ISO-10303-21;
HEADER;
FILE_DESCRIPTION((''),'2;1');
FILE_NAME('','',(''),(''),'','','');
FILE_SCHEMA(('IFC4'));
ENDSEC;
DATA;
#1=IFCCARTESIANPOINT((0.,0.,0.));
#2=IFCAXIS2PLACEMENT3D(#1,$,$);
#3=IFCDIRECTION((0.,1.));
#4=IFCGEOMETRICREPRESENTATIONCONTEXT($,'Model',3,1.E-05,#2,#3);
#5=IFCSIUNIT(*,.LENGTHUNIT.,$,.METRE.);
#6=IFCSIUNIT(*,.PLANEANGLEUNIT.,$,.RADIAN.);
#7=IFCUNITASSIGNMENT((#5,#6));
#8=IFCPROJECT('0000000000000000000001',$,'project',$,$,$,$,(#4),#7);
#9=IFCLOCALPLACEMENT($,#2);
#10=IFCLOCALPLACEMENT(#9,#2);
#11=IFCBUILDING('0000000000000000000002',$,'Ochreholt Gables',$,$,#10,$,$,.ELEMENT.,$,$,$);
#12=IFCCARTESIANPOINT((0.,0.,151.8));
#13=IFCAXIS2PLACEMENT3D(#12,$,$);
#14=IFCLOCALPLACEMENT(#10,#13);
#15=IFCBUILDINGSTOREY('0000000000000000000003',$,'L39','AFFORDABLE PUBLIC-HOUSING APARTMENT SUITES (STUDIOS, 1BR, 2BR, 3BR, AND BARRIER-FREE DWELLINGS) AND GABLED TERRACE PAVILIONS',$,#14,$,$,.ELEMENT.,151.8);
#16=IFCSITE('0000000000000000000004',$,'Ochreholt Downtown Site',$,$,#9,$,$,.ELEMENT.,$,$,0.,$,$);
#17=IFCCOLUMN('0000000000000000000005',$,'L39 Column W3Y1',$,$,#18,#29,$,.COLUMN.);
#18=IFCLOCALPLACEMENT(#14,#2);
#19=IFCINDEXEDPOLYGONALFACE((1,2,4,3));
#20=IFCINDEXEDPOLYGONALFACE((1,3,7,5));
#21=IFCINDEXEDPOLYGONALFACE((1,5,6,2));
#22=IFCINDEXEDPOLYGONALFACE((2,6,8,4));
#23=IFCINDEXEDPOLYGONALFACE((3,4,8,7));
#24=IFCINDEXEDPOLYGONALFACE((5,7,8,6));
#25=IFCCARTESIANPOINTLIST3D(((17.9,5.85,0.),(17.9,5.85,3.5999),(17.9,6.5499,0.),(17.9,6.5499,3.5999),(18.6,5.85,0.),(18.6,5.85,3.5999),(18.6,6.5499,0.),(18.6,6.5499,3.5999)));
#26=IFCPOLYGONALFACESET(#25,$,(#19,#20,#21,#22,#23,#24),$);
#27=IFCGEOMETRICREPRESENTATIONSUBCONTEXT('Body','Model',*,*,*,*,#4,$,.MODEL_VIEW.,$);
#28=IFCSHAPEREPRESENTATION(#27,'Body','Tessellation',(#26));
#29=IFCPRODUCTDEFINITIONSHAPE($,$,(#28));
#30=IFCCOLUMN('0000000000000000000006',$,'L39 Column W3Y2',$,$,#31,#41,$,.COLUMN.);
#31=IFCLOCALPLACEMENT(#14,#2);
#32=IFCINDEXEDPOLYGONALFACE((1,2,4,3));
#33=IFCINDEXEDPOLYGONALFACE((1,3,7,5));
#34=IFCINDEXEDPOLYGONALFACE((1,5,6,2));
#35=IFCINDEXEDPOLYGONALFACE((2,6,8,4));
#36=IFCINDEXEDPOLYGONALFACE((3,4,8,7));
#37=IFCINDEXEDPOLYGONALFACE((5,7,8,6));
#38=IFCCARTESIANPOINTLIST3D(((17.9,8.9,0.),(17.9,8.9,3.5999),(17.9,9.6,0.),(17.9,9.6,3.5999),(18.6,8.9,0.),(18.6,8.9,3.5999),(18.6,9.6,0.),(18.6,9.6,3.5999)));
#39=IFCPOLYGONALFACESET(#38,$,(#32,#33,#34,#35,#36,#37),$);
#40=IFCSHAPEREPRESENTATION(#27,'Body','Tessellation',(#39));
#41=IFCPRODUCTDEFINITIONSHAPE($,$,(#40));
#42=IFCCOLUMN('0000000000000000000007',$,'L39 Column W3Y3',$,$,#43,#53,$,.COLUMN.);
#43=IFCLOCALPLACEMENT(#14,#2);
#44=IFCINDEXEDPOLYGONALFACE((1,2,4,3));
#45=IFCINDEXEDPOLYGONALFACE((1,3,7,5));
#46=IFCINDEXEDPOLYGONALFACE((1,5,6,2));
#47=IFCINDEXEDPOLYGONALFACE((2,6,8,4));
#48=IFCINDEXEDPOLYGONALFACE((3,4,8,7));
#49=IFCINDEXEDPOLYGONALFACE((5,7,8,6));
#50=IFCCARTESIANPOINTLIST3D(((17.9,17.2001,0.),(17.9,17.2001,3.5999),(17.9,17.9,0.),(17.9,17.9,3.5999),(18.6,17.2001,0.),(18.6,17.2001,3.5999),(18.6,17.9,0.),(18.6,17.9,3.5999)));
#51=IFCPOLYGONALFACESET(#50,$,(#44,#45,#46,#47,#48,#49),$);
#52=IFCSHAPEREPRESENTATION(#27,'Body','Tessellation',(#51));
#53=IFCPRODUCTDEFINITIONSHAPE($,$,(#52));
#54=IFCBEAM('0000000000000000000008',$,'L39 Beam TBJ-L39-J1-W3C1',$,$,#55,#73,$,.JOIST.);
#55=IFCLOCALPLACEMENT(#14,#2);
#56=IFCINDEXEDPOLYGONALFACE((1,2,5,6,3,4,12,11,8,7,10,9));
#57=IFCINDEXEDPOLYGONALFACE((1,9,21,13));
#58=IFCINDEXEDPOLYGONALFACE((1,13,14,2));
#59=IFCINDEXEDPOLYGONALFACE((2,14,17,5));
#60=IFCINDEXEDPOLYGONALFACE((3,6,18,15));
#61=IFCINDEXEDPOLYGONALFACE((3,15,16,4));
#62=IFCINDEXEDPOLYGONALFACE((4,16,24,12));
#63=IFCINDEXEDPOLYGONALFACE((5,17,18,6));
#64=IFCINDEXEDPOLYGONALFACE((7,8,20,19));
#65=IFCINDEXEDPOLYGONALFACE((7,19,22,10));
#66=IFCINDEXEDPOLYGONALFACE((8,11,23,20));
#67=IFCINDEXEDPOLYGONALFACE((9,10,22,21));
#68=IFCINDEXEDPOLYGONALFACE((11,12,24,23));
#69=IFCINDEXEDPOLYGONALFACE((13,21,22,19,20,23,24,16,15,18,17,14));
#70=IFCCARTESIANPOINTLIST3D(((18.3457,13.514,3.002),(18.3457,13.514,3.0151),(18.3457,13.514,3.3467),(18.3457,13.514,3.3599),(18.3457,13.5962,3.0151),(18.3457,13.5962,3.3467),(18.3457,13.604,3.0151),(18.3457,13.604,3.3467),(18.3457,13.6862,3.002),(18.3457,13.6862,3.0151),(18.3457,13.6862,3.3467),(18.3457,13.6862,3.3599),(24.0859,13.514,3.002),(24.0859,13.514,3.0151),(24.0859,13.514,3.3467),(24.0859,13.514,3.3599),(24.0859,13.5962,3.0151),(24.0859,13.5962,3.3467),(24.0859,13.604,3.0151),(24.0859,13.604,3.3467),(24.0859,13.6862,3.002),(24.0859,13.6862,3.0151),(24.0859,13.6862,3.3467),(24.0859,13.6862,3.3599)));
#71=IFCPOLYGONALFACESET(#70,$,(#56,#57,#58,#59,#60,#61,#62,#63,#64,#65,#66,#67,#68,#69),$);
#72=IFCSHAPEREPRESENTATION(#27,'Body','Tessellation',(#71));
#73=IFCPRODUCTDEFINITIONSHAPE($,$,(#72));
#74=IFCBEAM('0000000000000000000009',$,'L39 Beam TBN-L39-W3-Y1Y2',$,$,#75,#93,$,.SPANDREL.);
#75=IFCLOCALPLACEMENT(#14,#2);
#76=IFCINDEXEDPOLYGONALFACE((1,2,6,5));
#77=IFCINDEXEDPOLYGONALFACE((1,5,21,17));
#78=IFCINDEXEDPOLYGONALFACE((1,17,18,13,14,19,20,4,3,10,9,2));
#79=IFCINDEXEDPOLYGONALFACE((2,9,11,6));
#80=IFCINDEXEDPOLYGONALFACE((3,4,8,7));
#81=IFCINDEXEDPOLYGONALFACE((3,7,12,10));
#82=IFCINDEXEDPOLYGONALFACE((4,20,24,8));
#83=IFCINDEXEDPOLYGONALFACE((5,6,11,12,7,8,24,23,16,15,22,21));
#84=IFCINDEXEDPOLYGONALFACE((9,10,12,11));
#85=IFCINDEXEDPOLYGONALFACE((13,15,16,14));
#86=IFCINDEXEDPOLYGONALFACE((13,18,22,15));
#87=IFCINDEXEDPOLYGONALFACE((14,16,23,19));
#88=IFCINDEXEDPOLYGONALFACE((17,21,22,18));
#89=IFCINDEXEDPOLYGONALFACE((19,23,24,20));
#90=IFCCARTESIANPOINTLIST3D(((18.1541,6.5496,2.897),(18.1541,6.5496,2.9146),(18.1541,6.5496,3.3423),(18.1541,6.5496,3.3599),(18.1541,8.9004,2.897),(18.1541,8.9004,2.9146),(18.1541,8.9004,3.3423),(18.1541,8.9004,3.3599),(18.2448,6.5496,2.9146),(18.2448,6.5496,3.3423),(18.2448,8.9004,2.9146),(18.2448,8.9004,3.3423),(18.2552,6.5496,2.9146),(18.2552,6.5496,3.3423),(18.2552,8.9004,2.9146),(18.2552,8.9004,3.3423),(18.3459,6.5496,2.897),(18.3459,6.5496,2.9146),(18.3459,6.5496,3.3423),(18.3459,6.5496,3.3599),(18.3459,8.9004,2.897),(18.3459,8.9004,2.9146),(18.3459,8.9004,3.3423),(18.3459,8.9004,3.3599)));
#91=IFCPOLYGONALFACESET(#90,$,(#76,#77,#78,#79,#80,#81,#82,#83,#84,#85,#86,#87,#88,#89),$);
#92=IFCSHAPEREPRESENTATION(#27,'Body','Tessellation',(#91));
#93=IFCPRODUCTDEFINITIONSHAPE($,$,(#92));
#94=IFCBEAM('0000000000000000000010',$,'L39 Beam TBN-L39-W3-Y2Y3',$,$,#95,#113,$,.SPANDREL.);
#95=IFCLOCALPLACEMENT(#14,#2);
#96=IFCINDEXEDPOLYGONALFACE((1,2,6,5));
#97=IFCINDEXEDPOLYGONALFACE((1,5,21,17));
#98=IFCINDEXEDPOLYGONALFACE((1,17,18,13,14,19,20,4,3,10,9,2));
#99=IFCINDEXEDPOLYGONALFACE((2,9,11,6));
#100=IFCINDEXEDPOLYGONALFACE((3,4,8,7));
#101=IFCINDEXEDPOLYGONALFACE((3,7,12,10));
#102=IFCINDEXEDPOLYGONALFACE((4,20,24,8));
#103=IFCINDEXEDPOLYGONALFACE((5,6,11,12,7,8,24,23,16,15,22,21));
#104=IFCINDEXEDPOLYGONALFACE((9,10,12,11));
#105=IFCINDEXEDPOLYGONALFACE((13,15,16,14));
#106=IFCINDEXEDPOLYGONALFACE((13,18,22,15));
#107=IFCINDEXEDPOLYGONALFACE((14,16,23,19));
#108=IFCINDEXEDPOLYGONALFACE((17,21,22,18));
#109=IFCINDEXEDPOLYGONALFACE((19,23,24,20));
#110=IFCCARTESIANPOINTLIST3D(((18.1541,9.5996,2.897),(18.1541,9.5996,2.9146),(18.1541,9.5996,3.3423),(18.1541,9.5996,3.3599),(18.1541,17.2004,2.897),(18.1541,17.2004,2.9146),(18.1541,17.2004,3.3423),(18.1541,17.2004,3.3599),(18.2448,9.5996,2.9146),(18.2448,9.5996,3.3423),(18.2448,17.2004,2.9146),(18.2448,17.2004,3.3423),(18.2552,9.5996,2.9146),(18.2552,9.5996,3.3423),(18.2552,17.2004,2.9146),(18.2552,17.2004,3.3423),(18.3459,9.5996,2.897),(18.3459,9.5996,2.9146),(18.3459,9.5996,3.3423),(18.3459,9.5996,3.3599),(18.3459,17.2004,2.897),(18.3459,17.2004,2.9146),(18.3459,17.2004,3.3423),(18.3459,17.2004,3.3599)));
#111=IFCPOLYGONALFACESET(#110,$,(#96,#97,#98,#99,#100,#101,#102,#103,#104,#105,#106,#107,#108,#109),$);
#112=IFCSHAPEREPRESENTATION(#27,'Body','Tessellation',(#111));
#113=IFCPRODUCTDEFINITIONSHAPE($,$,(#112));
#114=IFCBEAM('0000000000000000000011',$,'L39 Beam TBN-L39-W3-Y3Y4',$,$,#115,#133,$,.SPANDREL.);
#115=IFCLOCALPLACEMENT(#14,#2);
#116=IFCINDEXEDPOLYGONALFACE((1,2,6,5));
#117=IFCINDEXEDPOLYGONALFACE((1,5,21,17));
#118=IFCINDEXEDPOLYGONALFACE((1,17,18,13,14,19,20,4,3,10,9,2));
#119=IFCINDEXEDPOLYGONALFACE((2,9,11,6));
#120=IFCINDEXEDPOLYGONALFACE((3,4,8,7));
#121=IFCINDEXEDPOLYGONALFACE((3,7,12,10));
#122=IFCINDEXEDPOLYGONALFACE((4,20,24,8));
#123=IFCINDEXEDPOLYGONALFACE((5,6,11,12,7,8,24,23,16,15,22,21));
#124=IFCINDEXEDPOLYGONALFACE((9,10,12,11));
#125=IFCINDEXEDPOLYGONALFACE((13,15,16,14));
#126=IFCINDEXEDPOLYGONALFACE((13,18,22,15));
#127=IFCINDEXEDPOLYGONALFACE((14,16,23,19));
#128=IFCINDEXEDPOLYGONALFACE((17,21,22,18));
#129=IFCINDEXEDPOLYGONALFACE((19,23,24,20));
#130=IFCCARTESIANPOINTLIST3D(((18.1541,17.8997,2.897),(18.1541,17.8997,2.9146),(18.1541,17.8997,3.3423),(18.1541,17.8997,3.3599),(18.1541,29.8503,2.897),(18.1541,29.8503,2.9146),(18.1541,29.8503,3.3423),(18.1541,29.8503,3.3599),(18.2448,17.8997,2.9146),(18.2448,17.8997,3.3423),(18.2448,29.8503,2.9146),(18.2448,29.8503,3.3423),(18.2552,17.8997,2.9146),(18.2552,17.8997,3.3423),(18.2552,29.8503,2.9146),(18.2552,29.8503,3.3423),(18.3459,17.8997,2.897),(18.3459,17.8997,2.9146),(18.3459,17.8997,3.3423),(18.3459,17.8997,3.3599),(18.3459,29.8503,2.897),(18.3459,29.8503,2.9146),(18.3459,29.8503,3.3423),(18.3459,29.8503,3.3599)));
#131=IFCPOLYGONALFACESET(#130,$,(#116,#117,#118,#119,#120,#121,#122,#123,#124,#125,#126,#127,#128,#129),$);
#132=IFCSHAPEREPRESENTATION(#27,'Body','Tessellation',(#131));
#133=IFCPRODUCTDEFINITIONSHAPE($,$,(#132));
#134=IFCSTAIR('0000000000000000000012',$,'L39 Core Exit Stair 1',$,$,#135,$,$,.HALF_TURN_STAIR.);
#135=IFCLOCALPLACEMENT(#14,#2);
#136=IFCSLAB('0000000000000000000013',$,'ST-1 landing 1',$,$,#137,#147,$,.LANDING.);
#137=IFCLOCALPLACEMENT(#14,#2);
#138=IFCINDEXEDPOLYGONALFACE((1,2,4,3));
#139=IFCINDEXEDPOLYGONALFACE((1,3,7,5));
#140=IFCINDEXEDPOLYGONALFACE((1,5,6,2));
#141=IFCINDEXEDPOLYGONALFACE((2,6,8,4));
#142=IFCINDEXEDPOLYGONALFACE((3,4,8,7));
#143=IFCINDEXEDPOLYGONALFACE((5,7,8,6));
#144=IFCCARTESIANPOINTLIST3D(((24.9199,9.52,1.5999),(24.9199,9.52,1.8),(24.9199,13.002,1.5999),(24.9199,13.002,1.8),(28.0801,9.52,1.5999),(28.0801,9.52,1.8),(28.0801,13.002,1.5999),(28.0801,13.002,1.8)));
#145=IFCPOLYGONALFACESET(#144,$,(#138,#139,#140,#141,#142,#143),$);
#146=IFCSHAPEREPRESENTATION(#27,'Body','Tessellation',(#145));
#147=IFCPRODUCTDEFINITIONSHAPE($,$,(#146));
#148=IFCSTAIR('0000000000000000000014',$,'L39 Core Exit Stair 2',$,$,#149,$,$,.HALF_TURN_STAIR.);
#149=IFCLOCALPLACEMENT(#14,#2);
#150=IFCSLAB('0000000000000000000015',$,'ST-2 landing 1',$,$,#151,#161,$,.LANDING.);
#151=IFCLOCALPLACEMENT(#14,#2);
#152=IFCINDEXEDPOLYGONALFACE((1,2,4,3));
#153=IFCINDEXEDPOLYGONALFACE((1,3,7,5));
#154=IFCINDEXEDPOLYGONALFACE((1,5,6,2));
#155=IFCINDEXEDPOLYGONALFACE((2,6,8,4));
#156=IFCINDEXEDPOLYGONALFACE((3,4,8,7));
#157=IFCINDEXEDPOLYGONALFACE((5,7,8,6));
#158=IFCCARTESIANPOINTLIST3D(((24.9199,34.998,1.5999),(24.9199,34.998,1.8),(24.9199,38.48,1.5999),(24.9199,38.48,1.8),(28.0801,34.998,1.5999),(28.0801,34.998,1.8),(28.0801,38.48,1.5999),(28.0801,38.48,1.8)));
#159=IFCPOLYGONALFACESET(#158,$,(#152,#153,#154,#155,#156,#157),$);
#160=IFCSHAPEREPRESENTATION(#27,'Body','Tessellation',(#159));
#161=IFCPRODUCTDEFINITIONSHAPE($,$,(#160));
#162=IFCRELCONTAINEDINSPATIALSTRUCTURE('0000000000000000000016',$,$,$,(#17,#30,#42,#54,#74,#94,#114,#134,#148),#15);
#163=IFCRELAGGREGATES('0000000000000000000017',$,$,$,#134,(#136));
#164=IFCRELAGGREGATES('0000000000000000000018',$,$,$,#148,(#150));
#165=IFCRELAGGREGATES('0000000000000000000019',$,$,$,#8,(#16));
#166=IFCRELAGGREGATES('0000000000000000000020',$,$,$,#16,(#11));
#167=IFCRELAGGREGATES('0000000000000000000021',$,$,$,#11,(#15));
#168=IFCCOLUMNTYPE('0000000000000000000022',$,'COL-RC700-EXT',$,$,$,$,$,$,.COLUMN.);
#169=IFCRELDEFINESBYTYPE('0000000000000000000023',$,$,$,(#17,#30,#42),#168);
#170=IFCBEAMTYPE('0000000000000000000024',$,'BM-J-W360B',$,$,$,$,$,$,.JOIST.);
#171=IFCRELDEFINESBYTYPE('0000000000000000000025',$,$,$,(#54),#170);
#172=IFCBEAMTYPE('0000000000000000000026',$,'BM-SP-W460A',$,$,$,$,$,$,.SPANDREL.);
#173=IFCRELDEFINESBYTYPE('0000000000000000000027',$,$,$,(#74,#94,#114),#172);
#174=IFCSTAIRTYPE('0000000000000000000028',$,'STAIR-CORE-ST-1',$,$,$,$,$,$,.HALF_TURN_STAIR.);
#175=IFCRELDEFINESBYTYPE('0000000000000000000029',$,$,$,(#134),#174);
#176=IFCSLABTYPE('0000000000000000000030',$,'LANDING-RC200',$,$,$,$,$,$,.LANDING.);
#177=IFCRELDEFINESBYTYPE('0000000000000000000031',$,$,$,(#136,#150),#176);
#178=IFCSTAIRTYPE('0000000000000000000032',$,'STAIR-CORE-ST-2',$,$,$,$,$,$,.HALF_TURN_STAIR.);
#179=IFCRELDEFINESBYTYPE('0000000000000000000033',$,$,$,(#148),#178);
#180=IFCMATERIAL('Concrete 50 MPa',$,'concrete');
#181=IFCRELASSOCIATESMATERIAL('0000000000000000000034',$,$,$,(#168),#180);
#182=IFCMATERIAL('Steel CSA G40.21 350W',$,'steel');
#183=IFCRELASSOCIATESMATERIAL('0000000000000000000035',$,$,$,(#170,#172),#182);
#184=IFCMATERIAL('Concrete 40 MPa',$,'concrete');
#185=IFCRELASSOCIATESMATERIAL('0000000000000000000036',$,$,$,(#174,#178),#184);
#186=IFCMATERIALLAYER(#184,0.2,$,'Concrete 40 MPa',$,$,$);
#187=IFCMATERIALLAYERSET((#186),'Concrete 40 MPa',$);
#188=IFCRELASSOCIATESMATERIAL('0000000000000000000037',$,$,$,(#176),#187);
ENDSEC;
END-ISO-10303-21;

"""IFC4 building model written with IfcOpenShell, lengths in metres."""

from ifc_helpers import new_model, si_unit, direction, frame, origin, origin_2d, place, context, subcontext, project, spatial, polyline, rectangle, i_section, outline, extrude, material, layer, layer_set, material_profile, profile_set, type_object, element, aggregate, save


model = new_model("IFC4")

# Units and contexts
model_context = context("Model", 3, precision=1e-05, world=origin(), true_north=direction((0.0, 1.0)))
body_context = subcontext(model_context, "Body", "Model", "MODEL_VIEW")
ifc_project = project(units=[si_unit("LENGTHUNIT", "METRE"), si_unit("PLANEANGLEUNIT", "RADIAN")], contexts=[model_context])

# Site, building, storey
site_placement = place(None, origin())
site = spatial("IfcSite", under=ifc_project, at=site_placement, Name="Ochreholt Downtown Site", CompositionType="ELEMENT", RefElevation=0.0)
building_placement = place(site_placement, origin())
building = spatial("IfcBuilding", under=site, at=building_placement, Name="Ochreholt Gables", CompositionType="ELEMENT")
storey_placement = place(building_placement, frame((0.0, 0.0, 151.8)))
storey = spatial("IfcBuildingStorey", under=building, at=storey_placement, Name="L39", Description="AFFORDABLE PUBLIC-HOUSING APARTMENT SUITES (STUDIOS, 1BR, 2BR, 3BR, AND BARRIER-FREE DWELLINGS) AND GABLED TERRACE PAVILIONS", CompositionType="ELEMENT", Elevation=151.8)

# Columns
ifc_material_1 = material(Name="Concrete 50 MPa", Category="concrete")
ifc_material_profile_1 = material_profile(ifc_material_1, rectangle(XDim=0.7, YDim=0.7, at=origin_2d()), Name="RC700X700")
ifc_profile_set_1 = profile_set([ifc_material_profile_1], Name="Concrete 50 MPa")
column_type = type_object("IfcColumnType", Name="COL-RC700-EXT", PredefinedType="COLUMN", material=ifc_profile_set_1)
for number, where, z_axis, x_axis, name in (
    (1, (18.25, 6.2, 0.0), (0.0, 0.0, 1.0), (1.0, 0.0, 0.0), "L39 Column W3Y1"),
    (2, (18.25, 9.25, 0.0), (0.0, 0.0, 1.0), (1.0, 0.0, 0.0), "L39 Column W3Y2"),
    (3, (18.25, 17.55, 0.0), (0.0, 0.0, 1.0), (1.0, 0.0, 0.0), "L39 Column W3Y3"),
):
    element("IfcColumn", number, at=place(storey_placement, frame(where, z_axis=z_axis, x_axis=x_axis)), inside=storey, type_object=column_type, Name=name, PredefinedType="COLUMN", context=body_context, shape_type="SweptSolid", body=[
        extrude(rectangle(XDim=0.7, YDim=0.7, at=origin_2d()), origin(), (0.0, 0.0, 1.0), 3.5999),
    ])

# Beams
ifc_material_2 = material(Name="Steel CSA G40.21 350W", Category="steel")
ifc_material_profile_2 = material_profile(ifc_material_2, i_section(OverallWidth=0.1721, OverallDepth=0.3579, WebThickness=0.0078, FlangeThickness=0.0132, at=origin_2d()), Name="W360X57")
ifc_profile_set_2 = profile_set([ifc_material_profile_2], Name="Steel CSA G40.21 350W")
beam_type_1 = type_object("IfcBeamType", Name="BM-J-W360B", PredefinedType="JOIST", material=ifc_profile_set_2)
beam_1_placement = place(storey_placement, frame((18.3457, 13.6001, 3.1809), z_axis=(1.0, 0.0, 0.0), x_axis=(0.0, 1.0, 0.0)))
element("IfcBeam", 4, at=beam_1_placement, inside=storey, type_object=beam_type_1, Name="L39 Beam TBJ-L39-J1-W3C1", PredefinedType="JOIST", context=body_context, shape_type="SweptSolid", body=[
    extrude(i_section(OverallWidth=0.1721, OverallDepth=0.3579, WebThickness=0.0078, FlangeThickness=0.0132, at=origin_2d()), origin(), (0.0, 0.0, 1.0), 5.7402),
])
ifc_material_profile_3 = material_profile(ifc_material_2, i_section(OverallWidth=0.1919, OverallDepth=0.4629, WebThickness=0.0105, FlangeThickness=0.0176, at=origin_2d()), Name="W460X89")
ifc_profile_set_3 = profile_set([ifc_material_profile_3], Name="Steel CSA G40.21 350W")
beam_type_2 = type_object("IfcBeamType", Name="BM-SP-W460A", PredefinedType="SPANDREL", material=ifc_profile_set_3)
beam_2_placement = place(storey_placement, frame((18.25, 6.5496, 3.1284), z_axis=(0.0, 1.0, 0.0), x_axis=(-1.0, 0.0, 0.0)))
element("IfcBeam", 5, at=beam_2_placement, inside=storey, type_object=beam_type_2, Name="L39 Beam TBN-L39-W3-Y1Y2", PredefinedType="SPANDREL", context=body_context, shape_type="SweptSolid", body=[
    extrude(i_section(OverallWidth=0.1919, OverallDepth=0.4629, WebThickness=0.0105, FlangeThickness=0.0176, at=origin_2d()), origin(), (0.0, 0.0, 1.0), 2.3508),
])
beam_3_placement = place(storey_placement, frame((18.25, 9.5996, 3.1284), z_axis=(0.0, 1.0, 0.0), x_axis=(-1.0, 0.0, 0.0)))
element("IfcBeam", 6, at=beam_3_placement, inside=storey, type_object=beam_type_2, Name="L39 Beam TBN-L39-W3-Y2Y3", PredefinedType="SPANDREL", context=body_context, shape_type="SweptSolid", body=[
    extrude(i_section(OverallWidth=0.1919, OverallDepth=0.4629, WebThickness=0.0105, FlangeThickness=0.0176, at=origin_2d()), origin(), (0.0, 0.0, 1.0), 7.6008),
])
beam_4_placement = place(storey_placement, frame((18.25, 17.8997, 3.1284), z_axis=(0.0, 1.0, 0.0), x_axis=(-1.0, 0.0, 0.0)))
element("IfcBeam", 7, at=beam_4_placement, inside=storey, type_object=beam_type_2, Name="L39 Beam TBN-L39-W3-Y3Y4", PredefinedType="SPANDREL", context=body_context, shape_type="SweptSolid", body=[
    extrude(i_section(OverallWidth=0.1919, OverallDepth=0.4629, WebThickness=0.0105, FlangeThickness=0.0176, at=origin_2d()), origin(), (0.0, 0.0, 1.0), 11.9507),
])

# Stairs, slabs
ifc_material_3 = material(Name="Concrete 40 MPa", Category="concrete")
stair_type_1 = type_object("IfcStairType", Name="STAIR-CORE-ST-1", PredefinedType="HALF_TURN_STAIR", material=ifc_material_3)
stair_1_placement = place(storey_placement, origin())
stair_1 = element("IfcStair", 8, at=stair_1_placement, inside=storey, type_object=stair_type_1, Name="L39 Core Exit Stair 1", PredefinedType="HALF_TURN_STAIR")
ifc_layer_1 = layer(ifc_material_3, 0.2, Name="Concrete 40 MPa")
ifc_layer_set_1 = layer_set([ifc_layer_1], Name="Concrete 40 MPa")
slab_type_1 = type_object("IfcSlabType", Name="LANDING-RC200", PredefinedType="LANDING", material=ifc_layer_set_1)
slab_1_placement = place(storey_placement, frame((0.0, 0.0, 1.5999)))
slab_1 = element("IfcSlab", 9, at=slab_1_placement, type_object=slab_type_1, Name="ST-1 landing 1", PredefinedType="LANDING", context=body_context, shape_type="SweptSolid", body=[
    extrude(outline(polyline([(24.9199, 13.002), (24.9199, 9.52), (28.0801, 9.52), (28.0801, 13.002), (24.9199, 13.002)])), origin(), (0.0, 0.0, 1.0), 0.2002),
])
aggregate(stair_1, [slab_1])
stair_type_2 = type_object("IfcStairType", Name="STAIR-CORE-ST-2", PredefinedType="HALF_TURN_STAIR", material=ifc_material_3)
stair_2_placement = place(storey_placement, origin())
stair_2 = element("IfcStair", 10, at=stair_2_placement, inside=storey, type_object=stair_type_2, Name="L39 Core Exit Stair 2", PredefinedType="HALF_TURN_STAIR")
slab_2_placement = place(storey_placement, frame((0.0, 0.0, 1.5999)))
slab_2 = element("IfcSlab", 11, at=slab_2_placement, type_object=slab_type_1, Name="ST-2 landing 1", PredefinedType="LANDING", context=body_context, shape_type="SweptSolid", body=[
    extrude(outline(polyline([(28.0801, 34.998), (28.0801, 38.48), (24.9199, 38.48), (24.9199, 34.998), (28.0801, 34.998)])), origin(), (0.0, 0.0, 1.0), 0.2002),
])
aggregate(stair_2, [slab_2])

save(model, "model.ifc")
